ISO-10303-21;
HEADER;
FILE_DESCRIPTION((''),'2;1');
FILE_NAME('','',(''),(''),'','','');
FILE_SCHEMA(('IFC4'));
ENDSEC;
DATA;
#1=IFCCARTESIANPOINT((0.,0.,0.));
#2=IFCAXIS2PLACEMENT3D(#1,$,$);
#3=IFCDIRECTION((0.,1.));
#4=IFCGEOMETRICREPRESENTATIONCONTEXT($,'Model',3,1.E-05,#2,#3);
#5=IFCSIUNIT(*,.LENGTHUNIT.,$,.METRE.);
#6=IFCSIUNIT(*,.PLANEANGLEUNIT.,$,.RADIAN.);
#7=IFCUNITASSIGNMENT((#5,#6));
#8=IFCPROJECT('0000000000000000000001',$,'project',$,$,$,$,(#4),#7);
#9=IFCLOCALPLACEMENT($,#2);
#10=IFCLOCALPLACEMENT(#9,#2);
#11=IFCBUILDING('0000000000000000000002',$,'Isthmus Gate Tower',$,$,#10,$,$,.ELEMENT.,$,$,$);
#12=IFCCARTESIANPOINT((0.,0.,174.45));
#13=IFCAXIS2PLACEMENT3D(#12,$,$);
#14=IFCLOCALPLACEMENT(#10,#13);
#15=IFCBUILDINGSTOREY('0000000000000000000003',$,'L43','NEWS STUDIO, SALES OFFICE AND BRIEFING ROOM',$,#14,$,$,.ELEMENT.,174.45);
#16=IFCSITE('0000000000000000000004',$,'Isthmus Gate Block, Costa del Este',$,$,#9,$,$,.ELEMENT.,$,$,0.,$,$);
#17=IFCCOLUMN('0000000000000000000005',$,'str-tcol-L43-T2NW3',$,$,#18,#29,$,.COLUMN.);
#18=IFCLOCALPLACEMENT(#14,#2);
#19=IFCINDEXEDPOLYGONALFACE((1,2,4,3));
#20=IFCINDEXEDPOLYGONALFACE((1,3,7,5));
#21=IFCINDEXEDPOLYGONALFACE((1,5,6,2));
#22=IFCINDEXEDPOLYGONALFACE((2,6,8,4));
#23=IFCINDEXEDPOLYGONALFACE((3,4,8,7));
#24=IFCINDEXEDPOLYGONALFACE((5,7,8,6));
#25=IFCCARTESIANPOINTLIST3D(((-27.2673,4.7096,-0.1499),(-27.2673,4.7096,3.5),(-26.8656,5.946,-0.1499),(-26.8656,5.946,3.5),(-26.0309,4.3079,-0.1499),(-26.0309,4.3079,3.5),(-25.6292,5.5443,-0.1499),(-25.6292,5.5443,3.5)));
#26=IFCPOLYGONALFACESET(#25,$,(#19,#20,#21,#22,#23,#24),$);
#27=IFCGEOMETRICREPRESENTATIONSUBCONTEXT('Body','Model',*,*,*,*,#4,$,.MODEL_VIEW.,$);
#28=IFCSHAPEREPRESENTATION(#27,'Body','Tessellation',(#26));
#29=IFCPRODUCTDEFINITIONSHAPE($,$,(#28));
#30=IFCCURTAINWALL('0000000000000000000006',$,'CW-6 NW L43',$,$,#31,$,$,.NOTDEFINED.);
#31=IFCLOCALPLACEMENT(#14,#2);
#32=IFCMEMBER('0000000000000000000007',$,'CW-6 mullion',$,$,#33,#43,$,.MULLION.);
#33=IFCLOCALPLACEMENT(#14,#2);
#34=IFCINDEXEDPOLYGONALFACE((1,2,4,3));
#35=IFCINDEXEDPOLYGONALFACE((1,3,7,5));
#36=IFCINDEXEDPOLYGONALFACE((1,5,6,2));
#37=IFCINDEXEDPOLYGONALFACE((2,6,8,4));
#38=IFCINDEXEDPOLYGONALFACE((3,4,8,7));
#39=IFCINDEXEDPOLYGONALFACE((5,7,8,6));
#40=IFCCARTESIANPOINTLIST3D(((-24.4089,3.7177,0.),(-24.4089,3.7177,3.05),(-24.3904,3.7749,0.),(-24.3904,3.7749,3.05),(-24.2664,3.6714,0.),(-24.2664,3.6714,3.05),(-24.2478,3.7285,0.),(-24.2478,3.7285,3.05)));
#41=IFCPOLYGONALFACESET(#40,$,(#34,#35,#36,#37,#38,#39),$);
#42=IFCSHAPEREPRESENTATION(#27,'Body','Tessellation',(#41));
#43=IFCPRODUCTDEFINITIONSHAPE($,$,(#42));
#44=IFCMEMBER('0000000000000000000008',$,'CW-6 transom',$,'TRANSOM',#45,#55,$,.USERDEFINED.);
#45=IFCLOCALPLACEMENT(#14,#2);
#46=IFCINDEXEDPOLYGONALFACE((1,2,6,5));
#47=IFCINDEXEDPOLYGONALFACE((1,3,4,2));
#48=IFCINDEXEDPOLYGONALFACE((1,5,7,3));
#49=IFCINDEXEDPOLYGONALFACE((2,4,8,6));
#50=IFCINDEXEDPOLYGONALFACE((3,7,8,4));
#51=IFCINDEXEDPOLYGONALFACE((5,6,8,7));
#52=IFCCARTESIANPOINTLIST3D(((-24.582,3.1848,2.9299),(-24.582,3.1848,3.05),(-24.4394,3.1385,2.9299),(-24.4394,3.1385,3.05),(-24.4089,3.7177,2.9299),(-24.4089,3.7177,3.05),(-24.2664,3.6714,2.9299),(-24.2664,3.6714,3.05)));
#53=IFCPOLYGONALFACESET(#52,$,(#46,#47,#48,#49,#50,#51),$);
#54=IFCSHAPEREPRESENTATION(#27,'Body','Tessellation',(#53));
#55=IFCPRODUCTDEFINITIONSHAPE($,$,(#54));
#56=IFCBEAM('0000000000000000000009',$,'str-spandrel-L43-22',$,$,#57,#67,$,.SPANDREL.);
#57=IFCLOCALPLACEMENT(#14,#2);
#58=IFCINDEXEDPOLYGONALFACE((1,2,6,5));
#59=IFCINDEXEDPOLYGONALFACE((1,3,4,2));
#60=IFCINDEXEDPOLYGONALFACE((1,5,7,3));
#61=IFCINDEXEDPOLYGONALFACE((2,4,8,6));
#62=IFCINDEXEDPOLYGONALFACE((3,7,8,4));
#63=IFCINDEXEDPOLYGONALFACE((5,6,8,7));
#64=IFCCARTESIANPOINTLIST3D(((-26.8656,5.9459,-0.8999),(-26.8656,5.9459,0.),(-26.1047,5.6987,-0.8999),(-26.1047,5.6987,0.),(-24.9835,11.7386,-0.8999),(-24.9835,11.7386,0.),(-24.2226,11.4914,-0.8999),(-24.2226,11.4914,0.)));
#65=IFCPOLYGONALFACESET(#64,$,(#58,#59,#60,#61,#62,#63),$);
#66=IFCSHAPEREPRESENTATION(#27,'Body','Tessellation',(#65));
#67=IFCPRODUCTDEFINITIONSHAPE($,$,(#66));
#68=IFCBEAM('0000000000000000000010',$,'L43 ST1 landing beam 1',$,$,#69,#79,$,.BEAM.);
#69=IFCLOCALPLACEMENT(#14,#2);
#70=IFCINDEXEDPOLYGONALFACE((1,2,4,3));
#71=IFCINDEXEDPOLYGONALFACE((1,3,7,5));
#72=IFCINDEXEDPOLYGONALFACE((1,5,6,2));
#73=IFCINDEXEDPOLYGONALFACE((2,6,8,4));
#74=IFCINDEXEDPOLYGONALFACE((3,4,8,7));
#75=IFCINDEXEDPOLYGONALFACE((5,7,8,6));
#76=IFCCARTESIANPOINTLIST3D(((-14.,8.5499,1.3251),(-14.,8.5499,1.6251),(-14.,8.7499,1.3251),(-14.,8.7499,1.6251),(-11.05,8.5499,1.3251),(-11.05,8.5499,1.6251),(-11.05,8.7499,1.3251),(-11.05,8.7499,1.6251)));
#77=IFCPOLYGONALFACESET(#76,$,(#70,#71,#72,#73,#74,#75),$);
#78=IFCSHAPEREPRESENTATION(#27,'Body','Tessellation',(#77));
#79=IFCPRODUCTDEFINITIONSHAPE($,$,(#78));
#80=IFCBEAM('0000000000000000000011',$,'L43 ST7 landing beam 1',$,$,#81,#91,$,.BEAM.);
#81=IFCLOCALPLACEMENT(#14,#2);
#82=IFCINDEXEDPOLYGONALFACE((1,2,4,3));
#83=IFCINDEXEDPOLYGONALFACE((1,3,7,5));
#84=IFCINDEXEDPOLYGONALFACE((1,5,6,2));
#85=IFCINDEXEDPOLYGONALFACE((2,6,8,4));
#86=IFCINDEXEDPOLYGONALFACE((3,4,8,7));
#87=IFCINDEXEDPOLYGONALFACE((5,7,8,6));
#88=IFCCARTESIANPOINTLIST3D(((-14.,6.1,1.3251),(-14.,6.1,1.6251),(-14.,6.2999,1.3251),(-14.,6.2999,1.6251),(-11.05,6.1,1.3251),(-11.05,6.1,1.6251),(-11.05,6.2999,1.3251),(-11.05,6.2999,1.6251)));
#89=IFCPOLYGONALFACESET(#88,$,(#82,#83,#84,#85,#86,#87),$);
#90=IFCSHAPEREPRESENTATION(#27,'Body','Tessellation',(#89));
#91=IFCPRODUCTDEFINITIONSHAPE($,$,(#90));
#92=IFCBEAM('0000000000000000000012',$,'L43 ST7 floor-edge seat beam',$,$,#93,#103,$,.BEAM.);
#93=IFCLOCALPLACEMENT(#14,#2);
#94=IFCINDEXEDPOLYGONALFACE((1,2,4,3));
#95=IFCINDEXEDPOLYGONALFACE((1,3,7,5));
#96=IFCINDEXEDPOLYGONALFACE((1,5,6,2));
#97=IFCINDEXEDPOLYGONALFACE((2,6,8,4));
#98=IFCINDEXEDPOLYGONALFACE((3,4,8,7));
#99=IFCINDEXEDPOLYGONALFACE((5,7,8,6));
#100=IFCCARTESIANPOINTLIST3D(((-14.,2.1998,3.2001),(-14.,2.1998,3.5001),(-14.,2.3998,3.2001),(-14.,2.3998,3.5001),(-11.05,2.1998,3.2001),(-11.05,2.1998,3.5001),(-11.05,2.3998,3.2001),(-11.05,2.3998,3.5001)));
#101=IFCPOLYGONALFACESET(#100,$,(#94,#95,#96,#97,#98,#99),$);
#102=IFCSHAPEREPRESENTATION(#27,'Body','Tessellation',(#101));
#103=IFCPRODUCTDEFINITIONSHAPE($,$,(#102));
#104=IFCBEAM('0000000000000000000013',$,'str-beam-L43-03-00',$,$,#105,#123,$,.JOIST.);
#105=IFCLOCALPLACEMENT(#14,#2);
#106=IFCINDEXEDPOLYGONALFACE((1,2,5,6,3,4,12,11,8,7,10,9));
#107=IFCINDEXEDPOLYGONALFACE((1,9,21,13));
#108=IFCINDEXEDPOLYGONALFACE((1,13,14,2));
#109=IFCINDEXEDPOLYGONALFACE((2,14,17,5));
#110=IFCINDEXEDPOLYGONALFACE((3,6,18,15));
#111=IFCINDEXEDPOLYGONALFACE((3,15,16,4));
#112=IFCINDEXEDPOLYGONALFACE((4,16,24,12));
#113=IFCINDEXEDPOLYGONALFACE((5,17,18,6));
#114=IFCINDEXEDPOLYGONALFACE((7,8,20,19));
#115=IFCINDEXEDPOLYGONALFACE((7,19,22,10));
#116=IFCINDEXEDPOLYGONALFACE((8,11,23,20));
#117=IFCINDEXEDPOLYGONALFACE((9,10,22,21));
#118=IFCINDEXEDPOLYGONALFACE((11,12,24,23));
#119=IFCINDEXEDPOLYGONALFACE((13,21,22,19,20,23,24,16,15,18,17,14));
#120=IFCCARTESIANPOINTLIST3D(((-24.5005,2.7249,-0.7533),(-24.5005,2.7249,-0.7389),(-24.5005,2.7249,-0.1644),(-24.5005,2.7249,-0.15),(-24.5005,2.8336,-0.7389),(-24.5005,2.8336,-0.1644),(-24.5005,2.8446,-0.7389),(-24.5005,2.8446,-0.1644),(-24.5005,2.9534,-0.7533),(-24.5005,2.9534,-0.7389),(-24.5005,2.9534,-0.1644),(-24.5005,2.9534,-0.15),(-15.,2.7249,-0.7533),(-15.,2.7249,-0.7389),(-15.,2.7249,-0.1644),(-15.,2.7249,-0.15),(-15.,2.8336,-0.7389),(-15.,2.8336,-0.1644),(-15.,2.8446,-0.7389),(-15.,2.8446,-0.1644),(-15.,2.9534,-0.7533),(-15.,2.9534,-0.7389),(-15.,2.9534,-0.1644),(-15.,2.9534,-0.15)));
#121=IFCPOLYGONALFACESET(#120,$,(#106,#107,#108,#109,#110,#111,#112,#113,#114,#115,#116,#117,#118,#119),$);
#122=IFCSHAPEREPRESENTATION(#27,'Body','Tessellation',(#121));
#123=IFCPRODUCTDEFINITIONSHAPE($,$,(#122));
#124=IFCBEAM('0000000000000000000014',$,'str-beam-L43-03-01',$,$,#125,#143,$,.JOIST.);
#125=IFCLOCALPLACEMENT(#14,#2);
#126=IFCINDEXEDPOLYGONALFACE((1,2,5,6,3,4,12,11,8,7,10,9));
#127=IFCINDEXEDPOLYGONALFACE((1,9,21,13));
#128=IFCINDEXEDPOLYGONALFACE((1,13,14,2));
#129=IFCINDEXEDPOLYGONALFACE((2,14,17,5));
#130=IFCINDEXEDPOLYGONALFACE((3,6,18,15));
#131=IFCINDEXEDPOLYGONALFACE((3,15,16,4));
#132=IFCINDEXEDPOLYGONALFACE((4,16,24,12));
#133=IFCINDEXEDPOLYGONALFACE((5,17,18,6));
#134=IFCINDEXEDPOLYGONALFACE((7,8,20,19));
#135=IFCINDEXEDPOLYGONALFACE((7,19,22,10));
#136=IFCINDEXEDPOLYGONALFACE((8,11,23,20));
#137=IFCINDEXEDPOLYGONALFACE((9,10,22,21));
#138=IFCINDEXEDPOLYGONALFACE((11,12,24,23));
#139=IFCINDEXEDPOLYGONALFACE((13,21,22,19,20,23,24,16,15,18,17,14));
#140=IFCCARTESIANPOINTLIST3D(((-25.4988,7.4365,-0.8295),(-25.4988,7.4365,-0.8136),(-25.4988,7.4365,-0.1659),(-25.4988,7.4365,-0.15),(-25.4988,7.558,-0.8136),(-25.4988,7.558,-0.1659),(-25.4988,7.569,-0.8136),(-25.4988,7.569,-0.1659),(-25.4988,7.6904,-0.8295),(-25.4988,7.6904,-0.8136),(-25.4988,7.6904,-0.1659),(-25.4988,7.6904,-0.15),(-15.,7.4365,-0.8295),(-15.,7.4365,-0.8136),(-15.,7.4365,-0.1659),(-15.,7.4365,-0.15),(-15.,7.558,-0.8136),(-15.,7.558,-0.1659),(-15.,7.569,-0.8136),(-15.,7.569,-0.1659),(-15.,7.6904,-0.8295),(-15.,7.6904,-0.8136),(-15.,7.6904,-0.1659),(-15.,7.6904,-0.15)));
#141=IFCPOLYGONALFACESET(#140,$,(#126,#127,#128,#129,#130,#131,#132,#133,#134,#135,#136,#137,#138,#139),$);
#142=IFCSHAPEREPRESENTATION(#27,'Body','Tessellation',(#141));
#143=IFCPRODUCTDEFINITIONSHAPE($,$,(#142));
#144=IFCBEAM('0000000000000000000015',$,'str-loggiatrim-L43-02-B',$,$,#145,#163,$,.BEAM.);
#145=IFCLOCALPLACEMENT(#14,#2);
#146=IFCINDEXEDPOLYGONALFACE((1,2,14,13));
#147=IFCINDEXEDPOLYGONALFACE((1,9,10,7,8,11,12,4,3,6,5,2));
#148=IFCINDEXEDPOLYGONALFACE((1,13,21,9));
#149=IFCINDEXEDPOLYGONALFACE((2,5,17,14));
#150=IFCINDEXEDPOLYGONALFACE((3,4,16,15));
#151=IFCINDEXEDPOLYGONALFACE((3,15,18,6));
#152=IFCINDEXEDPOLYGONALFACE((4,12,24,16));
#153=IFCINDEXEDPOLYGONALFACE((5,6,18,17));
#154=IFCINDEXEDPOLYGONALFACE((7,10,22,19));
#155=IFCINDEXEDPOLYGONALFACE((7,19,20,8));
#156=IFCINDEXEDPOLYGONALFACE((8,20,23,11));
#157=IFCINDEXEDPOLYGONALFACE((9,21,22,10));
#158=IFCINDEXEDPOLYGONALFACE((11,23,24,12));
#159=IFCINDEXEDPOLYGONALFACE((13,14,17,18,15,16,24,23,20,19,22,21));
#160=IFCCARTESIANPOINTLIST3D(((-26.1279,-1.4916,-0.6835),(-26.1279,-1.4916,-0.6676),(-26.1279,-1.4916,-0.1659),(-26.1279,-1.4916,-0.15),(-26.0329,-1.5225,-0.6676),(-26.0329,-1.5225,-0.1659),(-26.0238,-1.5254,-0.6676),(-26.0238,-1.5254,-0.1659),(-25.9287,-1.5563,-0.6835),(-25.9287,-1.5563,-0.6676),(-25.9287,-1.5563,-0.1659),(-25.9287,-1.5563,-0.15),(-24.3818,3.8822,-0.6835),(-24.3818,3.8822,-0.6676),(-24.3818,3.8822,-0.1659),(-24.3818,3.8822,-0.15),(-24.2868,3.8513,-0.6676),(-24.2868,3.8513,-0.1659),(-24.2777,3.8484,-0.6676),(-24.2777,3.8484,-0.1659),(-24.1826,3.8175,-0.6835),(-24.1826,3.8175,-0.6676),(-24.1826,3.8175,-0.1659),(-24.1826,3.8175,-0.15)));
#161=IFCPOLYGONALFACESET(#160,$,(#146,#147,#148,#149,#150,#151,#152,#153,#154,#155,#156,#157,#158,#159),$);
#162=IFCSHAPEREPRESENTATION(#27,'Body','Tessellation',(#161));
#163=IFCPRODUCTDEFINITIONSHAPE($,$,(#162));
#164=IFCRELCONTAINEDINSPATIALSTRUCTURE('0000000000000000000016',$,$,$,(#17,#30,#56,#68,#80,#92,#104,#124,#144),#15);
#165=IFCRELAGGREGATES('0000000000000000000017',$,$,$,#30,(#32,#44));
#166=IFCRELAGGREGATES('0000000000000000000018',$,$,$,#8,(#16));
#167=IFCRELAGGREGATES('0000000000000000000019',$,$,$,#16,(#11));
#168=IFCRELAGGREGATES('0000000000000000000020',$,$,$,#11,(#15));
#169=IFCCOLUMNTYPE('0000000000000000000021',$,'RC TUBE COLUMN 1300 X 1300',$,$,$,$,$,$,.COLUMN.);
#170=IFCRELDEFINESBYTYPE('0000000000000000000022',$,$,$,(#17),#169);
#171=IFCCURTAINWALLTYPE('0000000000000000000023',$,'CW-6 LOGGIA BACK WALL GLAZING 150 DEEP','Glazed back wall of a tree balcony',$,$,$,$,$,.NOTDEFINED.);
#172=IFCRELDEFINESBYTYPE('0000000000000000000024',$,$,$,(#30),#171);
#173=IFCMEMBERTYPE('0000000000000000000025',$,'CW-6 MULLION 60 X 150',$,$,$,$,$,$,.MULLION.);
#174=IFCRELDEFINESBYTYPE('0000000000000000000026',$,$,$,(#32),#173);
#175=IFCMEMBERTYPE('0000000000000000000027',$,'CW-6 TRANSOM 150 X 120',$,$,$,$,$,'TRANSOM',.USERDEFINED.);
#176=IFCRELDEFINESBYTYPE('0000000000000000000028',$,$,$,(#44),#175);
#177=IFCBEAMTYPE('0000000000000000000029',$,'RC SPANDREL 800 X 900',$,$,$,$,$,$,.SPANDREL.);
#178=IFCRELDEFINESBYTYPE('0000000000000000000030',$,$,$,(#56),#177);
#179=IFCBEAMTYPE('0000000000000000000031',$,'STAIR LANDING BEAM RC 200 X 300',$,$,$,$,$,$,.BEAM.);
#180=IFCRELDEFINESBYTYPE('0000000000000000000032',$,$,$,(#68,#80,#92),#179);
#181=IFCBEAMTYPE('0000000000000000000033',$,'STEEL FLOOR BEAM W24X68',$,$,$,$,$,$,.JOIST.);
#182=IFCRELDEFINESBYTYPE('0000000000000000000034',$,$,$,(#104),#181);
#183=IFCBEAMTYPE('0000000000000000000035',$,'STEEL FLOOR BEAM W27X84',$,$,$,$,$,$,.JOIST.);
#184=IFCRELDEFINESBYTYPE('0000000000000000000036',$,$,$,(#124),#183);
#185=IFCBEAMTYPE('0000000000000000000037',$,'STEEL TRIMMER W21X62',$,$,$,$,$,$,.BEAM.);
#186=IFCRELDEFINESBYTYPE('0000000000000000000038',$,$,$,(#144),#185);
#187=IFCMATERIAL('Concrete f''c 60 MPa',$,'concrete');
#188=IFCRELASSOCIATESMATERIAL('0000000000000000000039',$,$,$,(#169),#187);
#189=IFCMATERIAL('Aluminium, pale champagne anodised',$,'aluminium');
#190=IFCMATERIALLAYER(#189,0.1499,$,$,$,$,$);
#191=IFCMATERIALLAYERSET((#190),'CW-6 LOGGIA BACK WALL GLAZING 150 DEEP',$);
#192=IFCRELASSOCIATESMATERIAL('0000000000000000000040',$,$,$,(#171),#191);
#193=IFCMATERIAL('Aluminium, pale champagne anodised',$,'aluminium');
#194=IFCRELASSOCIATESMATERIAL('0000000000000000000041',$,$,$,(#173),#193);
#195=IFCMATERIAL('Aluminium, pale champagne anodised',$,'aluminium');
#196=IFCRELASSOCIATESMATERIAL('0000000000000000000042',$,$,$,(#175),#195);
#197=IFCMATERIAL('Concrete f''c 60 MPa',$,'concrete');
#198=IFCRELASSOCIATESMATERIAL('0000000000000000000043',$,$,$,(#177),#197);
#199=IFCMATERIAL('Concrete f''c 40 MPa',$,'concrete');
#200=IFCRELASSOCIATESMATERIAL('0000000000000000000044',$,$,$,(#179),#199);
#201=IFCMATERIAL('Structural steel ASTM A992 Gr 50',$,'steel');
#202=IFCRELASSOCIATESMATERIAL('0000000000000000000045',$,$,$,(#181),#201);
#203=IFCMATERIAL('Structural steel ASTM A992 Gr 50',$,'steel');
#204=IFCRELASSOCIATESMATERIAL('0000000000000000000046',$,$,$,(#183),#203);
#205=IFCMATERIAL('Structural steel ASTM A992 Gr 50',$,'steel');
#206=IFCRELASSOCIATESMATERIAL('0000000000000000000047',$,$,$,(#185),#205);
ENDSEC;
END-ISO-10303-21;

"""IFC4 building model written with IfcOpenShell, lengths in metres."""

from ifc_helpers import new_model, si_unit, direction, frame, origin, origin_2d, place, context, subcontext, project, spatial, rectangle, i_section, extrude, material, layer, layer_set, material_profile, profile_set, type_object, element, aggregate, save


model = new_model("IFC4")

# Units and contexts
model_context = context("Model", 3, precision=1e-05, world=origin(), true_north=direction((0.0, 1.0)))
body_context = subcontext(model_context, "Body", "Model", "MODEL_VIEW")
ifc_project = project(units=[si_unit("LENGTHUNIT", "METRE"), si_unit("PLANEANGLEUNIT", "RADIAN")], contexts=[model_context])

# Site, building, storey
site_placement = place(None, origin())
site = spatial("IfcSite", under=ifc_project, at=site_placement, Name="Isthmus Gate Block, Costa del Este", CompositionType="ELEMENT", RefElevation=0.0)
building_placement = place(site_placement, origin())
building = spatial("IfcBuilding", under=site, at=building_placement, Name="Isthmus Gate Tower", CompositionType="ELEMENT")
storey_placement = place(building_placement, frame((0.0, 0.0, 174.45)))
storey = spatial("IfcBuildingStorey", under=building, at=storey_placement, Name="L43", Description="NEWS STUDIO, SALES OFFICE AND BRIEFING ROOM", CompositionType="ELEMENT", Elevation=174.45)

# Column
ifc_material_1 = material(Name="Concrete f'c 60 MPa", Category="concrete")
ifc_material_profile_1 = material_profile(ifc_material_1, rectangle(XDim=1.3, YDim=1.3, at=origin_2d()), Name="RC 1300X1300")
ifc_profile_set_1 = profile_set([ifc_material_profile_1], Name="Concrete f'c 60 MPa")
column_type = type_object("IfcColumnType", Name="RC TUBE COLUMN 1300 X 1300", PredefinedType="COLUMN", material=ifc_profile_set_1)
column_placement = place(storey_placement, frame((-26.4482, 5.127, -0.1499), z_axis=(0.0, 0.0, 1.0), x_axis=(-0.309017, -0.951057, 0.0)))
element("IfcColumn", 1, at=column_placement, inside=storey, type_object=column_type, Name="str-tcol-L43-T2NW3", PredefinedType="COLUMN", context=body_context, shape_type="SweptSolid", body=[
    extrude(rectangle(XDim=1.3, YDim=1.3, at=origin_2d()), origin(), (0.0, 0.0, 1.0), 3.6499),
])

# Curtain wall, members
ifc_material_2 = material(Name="Aluminium, pale champagne anodised", Category="aluminium")
ifc_layer_1 = layer(ifc_material_2, 0.1499)
ifc_layer_set_1 = layer_set([ifc_layer_1], Name="CW-6 LOGGIA BACK WALL GLAZING 150 DEEP")
curtain_wall_type_1 = type_object("IfcCurtainWallType", Name="CW-6 LOGGIA BACK WALL GLAZING 150 DEEP", Description="Glazed back wall of a tree balcony", PredefinedType="NOTDEFINED", material=ifc_layer_set_1)
curtain_wall_1_placement = place(storey_placement, origin())
curtain_wall_1 = element("IfcCurtainWall", 2, at=curtain_wall_1_placement, inside=storey, type_object=curtain_wall_type_1, Name="CW-6 NW L43", PredefinedType="NOTDEFINED")
ifc_material_3 = material(Name="Aluminium, pale champagne anodised", Category="aluminium")
ifc_material_profile_2 = material_profile(ifc_material_3, rectangle(XDim=0.0601, YDim=0.1499, at=origin_2d()), Name="60x150")
ifc_profile_set_2 = profile_set([ifc_material_profile_2], Name="Aluminium, pale champagne anodised")
member_type_1 = type_object("IfcMemberType", Name="CW-6 MULLION 60 X 150", PredefinedType="MULLION", material=ifc_profile_set_2)
member_1_placement = place(storey_placement, frame((-24.3284, 3.7231, 0.0), z_axis=(0.0, 0.0, 1.0), x_axis=(-0.309017, -0.951057, 0.0)))
member_1 = element("IfcMember", 3, at=member_1_placement, type_object=member_type_1, Name="CW-6 mullion", PredefinedType="MULLION", context=body_context, shape_type="SweptSolid", body=[
    extrude(rectangle(XDim=0.0601, YDim=0.1499, at=origin_2d()), origin(), (0.0, 0.0, 1.0), 3.05),
])
ifc_material_4 = material(Name="Aluminium, pale champagne anodised", Category="aluminium")
ifc_material_profile_3 = material_profile(ifc_material_4, rectangle(XDim=0.1499, YDim=0.1201, at=origin_2d()), Name="150x120")
ifc_profile_set_3 = profile_set([ifc_material_profile_3], Name="Aluminium, pale champagne anodised")
member_type_2 = type_object("IfcMemberType", Name="CW-6 TRANSOM 150 X 120", ElementType="TRANSOM", PredefinedType="USERDEFINED", material=ifc_profile_set_3)
member_2_placement = place(storey_placement, frame((-24.3376, 3.6946, 2.99), z_axis=(-0.308899, -0.951095, 0.0), x_axis=(0.951095, -0.308899, 0.0)))
member_2 = element("IfcMember", 4, at=member_2_placement, type_object=member_type_2, Name="CW-6 transom", ObjectType="TRANSOM", PredefinedType="USERDEFINED", context=body_context, shape_type="SweptSolid", body=[
    extrude(rectangle(XDim=0.1499, YDim=0.1201, at=origin_2d()), origin(), (0.0, 0.0, 1.0), 0.5603),
])

# Beams
ifc_material_5 = material(Name="Concrete f'c 60 MPa", Category="concrete")
ifc_material_profile_4 = material_profile(ifc_material_5, rectangle(XDim=0.8, YDim=0.8999, at=origin_2d()), Name="RC 800X900")
ifc_profile_set_4 = profile_set([ifc_material_profile_4], Name="Concrete f'c 60 MPa")
beam_type_1 = type_object("IfcBeamType", Name="RC SPANDREL 800 X 900", PredefinedType="SPANDREL", material=ifc_profile_set_4)
beam_1_placement = place(storey_placement, frame((-26.4851, 5.8223, -0.45), z_axis=(0.309004, 0.951061, 0.0), x_axis=(-0.951061, 0.309004, 0.0)))
element("IfcBeam", 5, at=beam_1_placement, inside=storey, type_object=beam_type_1, Name="str-spandrel-L43-22", PredefinedType="SPANDREL", context=body_context, shape_type="SweptSolid", body=[
    extrude(rectangle(XDim=0.8, YDim=0.8999, at=origin_2d()), origin(), (0.0, 0.0, 1.0), 6.0908),
])
ifc_material_6 = material(Name="Concrete f'c 40 MPa", Category="concrete")
ifc_material_profile_5 = material_profile(ifc_material_6, rectangle(XDim=0.2, YDim=0.3, at=origin_2d()), Name="STAIR LANDING BEAM RC 200 X 300")
ifc_profile_set_5 = profile_set([ifc_material_profile_5], Name="Concrete f'c 40 MPa")
beam_type_2 = type_object("IfcBeamType", Name="STAIR LANDING BEAM RC 200 X 300", PredefinedType="BEAM", material=ifc_profile_set_5)
for number, where, z_axis, x_axis, name in (
    (6, (-14.0, 8.6499, 1.4751), (1.0, 0.0, 0.0), (0.0, 1.0, 0.0), "L43 ST1 landing beam 1"),
    (7, (-14.0, 6.2, 1.4751), (1.0, 0.0, 0.0), (0.0, 1.0, 0.0), "L43 ST7 landing beam 1"),
    (8, (-14.0, 2.2998, 3.3501), (1.0, 0.0, 0.0), (0.0, 1.0, 0.0), "L43 ST7 floor-edge seat beam"),
):
    element("IfcBeam", number, at=place(storey_placement, frame(where, z_axis=z_axis, x_axis=x_axis)), inside=storey, type_object=beam_type_2, Name=name, PredefinedType="BEAM", context=body_context, shape_type="SweptSolid", body=[
        extrude(rectangle(XDim=0.2, YDim=0.3, at=origin_2d()), origin(), (0.0, 0.0, 1.0), 2.95),
    ])
ifc_material_7 = material(Name="Structural steel ASTM A992 Gr 50", Category="steel")
ifc_material_profile_6 = material_profile(ifc_material_7, i_section(OverallWidth=0.2285, OverallDepth=0.6033, WebThickness=0.011, FlangeThickness=0.0144, at=origin_2d()), Name="W24X68")
ifc_profile_set_6 = profile_set([ifc_material_profile_6], Name="Structural steel ASTM A992 Gr 50")
beam_type_3 = type_object("IfcBeamType", Name="STEEL FLOOR BEAM W24X68", PredefinedType="JOIST", material=ifc_profile_set_6)
beam_2_placement = place(storey_placement, frame((-24.5005, 2.8391, -0.4517), z_axis=(1.0, 0.0, 0.0), x_axis=(0.0, 1.0, 0.0)))
element("IfcBeam", 9, at=beam_2_placement, inside=storey, type_object=beam_type_3, Name="str-beam-L43-03-00", PredefinedType="JOIST", context=body_context, shape_type="SweptSolid", body=[
    extrude(i_section(OverallWidth=0.2285, OverallDepth=0.6033, WebThickness=0.011, FlangeThickness=0.0144, at=origin_2d()), origin(), (0.0, 0.0, 1.0), 9.5005),
])
ifc_material_8 = material(Name="Structural steel ASTM A992 Gr 50", Category="steel")
ifc_material_profile_7 = material_profile(ifc_material_8, i_section(OverallWidth=0.2539, OverallDepth=0.6794, WebThickness=0.011, FlangeThickness=0.0159, at=origin_2d()), Name="W27X84")
ifc_profile_set_7 = profile_set([ifc_material_profile_7], Name="Structural steel ASTM A992 Gr 50")
beam_type_4 = type_object("IfcBeamType", Name="STEEL FLOOR BEAM W27X84", PredefinedType="JOIST", material=ifc_profile_set_7)
beam_3_placement = place(storey_placement, frame((-25.4988, 7.5635, -0.4897), z_axis=(1.0, 0.0, 0.0), x_axis=(0.0, 1.0, 0.0)))
element("IfcBeam", 10, at=beam_3_placement, inside=storey, type_object=beam_type_4, Name="str-beam-L43-03-01", PredefinedType="JOIST", context=body_context, shape_type="SweptSolid", body=[
    extrude(i_section(OverallWidth=0.2539, OverallDepth=0.6794, WebThickness=0.011, FlangeThickness=0.0159, at=origin_2d()), origin(), (0.0, 0.0, 1.0), 10.4988),
])
ifc_material_9 = material(Name="Structural steel ASTM A992 Gr 50", Category="steel")
ifc_material_profile_8 = material_profile(ifc_material_9, i_section(OverallWidth=0.2095, OverallDepth=0.5334, WebThickness=0.0095, FlangeThickness=0.0159, at=origin_2d()), Name="W21X62")
ifc_profile_set_8 = profile_set([ifc_material_profile_8], Name="Structural steel ASTM A992 Gr 50")
beam_type_5 = type_object("IfcBeamType", Name="STEEL TRIMMER W21X62", PredefinedType="BEAM", material=ifc_profile_set_8)
beam_4_placement = place(storey_placement, frame((-24.2822, 3.8499, -0.4167), z_axis=(-0.309025, -0.951054, 0.0), x_axis=(0.951054, -0.309025, 0.0)))
element("IfcBeam", 11, at=beam_4_placement, inside=storey, type_object=beam_type_5, Name="str-loggiatrim-L43-02-B", PredefinedType="BEAM", context=body_context, shape_type="SweptSolid", body=[
    extrude(i_section(OverallWidth=0.2095, OverallDepth=0.5334, WebThickness=0.0095, FlangeThickness=0.0159, at=origin_2d()), origin(), (0.0, 0.0, 1.0), 5.6504),
])

aggregate(curtain_wall_1, [member_1, member_2])

save(model, "model.ifc")
